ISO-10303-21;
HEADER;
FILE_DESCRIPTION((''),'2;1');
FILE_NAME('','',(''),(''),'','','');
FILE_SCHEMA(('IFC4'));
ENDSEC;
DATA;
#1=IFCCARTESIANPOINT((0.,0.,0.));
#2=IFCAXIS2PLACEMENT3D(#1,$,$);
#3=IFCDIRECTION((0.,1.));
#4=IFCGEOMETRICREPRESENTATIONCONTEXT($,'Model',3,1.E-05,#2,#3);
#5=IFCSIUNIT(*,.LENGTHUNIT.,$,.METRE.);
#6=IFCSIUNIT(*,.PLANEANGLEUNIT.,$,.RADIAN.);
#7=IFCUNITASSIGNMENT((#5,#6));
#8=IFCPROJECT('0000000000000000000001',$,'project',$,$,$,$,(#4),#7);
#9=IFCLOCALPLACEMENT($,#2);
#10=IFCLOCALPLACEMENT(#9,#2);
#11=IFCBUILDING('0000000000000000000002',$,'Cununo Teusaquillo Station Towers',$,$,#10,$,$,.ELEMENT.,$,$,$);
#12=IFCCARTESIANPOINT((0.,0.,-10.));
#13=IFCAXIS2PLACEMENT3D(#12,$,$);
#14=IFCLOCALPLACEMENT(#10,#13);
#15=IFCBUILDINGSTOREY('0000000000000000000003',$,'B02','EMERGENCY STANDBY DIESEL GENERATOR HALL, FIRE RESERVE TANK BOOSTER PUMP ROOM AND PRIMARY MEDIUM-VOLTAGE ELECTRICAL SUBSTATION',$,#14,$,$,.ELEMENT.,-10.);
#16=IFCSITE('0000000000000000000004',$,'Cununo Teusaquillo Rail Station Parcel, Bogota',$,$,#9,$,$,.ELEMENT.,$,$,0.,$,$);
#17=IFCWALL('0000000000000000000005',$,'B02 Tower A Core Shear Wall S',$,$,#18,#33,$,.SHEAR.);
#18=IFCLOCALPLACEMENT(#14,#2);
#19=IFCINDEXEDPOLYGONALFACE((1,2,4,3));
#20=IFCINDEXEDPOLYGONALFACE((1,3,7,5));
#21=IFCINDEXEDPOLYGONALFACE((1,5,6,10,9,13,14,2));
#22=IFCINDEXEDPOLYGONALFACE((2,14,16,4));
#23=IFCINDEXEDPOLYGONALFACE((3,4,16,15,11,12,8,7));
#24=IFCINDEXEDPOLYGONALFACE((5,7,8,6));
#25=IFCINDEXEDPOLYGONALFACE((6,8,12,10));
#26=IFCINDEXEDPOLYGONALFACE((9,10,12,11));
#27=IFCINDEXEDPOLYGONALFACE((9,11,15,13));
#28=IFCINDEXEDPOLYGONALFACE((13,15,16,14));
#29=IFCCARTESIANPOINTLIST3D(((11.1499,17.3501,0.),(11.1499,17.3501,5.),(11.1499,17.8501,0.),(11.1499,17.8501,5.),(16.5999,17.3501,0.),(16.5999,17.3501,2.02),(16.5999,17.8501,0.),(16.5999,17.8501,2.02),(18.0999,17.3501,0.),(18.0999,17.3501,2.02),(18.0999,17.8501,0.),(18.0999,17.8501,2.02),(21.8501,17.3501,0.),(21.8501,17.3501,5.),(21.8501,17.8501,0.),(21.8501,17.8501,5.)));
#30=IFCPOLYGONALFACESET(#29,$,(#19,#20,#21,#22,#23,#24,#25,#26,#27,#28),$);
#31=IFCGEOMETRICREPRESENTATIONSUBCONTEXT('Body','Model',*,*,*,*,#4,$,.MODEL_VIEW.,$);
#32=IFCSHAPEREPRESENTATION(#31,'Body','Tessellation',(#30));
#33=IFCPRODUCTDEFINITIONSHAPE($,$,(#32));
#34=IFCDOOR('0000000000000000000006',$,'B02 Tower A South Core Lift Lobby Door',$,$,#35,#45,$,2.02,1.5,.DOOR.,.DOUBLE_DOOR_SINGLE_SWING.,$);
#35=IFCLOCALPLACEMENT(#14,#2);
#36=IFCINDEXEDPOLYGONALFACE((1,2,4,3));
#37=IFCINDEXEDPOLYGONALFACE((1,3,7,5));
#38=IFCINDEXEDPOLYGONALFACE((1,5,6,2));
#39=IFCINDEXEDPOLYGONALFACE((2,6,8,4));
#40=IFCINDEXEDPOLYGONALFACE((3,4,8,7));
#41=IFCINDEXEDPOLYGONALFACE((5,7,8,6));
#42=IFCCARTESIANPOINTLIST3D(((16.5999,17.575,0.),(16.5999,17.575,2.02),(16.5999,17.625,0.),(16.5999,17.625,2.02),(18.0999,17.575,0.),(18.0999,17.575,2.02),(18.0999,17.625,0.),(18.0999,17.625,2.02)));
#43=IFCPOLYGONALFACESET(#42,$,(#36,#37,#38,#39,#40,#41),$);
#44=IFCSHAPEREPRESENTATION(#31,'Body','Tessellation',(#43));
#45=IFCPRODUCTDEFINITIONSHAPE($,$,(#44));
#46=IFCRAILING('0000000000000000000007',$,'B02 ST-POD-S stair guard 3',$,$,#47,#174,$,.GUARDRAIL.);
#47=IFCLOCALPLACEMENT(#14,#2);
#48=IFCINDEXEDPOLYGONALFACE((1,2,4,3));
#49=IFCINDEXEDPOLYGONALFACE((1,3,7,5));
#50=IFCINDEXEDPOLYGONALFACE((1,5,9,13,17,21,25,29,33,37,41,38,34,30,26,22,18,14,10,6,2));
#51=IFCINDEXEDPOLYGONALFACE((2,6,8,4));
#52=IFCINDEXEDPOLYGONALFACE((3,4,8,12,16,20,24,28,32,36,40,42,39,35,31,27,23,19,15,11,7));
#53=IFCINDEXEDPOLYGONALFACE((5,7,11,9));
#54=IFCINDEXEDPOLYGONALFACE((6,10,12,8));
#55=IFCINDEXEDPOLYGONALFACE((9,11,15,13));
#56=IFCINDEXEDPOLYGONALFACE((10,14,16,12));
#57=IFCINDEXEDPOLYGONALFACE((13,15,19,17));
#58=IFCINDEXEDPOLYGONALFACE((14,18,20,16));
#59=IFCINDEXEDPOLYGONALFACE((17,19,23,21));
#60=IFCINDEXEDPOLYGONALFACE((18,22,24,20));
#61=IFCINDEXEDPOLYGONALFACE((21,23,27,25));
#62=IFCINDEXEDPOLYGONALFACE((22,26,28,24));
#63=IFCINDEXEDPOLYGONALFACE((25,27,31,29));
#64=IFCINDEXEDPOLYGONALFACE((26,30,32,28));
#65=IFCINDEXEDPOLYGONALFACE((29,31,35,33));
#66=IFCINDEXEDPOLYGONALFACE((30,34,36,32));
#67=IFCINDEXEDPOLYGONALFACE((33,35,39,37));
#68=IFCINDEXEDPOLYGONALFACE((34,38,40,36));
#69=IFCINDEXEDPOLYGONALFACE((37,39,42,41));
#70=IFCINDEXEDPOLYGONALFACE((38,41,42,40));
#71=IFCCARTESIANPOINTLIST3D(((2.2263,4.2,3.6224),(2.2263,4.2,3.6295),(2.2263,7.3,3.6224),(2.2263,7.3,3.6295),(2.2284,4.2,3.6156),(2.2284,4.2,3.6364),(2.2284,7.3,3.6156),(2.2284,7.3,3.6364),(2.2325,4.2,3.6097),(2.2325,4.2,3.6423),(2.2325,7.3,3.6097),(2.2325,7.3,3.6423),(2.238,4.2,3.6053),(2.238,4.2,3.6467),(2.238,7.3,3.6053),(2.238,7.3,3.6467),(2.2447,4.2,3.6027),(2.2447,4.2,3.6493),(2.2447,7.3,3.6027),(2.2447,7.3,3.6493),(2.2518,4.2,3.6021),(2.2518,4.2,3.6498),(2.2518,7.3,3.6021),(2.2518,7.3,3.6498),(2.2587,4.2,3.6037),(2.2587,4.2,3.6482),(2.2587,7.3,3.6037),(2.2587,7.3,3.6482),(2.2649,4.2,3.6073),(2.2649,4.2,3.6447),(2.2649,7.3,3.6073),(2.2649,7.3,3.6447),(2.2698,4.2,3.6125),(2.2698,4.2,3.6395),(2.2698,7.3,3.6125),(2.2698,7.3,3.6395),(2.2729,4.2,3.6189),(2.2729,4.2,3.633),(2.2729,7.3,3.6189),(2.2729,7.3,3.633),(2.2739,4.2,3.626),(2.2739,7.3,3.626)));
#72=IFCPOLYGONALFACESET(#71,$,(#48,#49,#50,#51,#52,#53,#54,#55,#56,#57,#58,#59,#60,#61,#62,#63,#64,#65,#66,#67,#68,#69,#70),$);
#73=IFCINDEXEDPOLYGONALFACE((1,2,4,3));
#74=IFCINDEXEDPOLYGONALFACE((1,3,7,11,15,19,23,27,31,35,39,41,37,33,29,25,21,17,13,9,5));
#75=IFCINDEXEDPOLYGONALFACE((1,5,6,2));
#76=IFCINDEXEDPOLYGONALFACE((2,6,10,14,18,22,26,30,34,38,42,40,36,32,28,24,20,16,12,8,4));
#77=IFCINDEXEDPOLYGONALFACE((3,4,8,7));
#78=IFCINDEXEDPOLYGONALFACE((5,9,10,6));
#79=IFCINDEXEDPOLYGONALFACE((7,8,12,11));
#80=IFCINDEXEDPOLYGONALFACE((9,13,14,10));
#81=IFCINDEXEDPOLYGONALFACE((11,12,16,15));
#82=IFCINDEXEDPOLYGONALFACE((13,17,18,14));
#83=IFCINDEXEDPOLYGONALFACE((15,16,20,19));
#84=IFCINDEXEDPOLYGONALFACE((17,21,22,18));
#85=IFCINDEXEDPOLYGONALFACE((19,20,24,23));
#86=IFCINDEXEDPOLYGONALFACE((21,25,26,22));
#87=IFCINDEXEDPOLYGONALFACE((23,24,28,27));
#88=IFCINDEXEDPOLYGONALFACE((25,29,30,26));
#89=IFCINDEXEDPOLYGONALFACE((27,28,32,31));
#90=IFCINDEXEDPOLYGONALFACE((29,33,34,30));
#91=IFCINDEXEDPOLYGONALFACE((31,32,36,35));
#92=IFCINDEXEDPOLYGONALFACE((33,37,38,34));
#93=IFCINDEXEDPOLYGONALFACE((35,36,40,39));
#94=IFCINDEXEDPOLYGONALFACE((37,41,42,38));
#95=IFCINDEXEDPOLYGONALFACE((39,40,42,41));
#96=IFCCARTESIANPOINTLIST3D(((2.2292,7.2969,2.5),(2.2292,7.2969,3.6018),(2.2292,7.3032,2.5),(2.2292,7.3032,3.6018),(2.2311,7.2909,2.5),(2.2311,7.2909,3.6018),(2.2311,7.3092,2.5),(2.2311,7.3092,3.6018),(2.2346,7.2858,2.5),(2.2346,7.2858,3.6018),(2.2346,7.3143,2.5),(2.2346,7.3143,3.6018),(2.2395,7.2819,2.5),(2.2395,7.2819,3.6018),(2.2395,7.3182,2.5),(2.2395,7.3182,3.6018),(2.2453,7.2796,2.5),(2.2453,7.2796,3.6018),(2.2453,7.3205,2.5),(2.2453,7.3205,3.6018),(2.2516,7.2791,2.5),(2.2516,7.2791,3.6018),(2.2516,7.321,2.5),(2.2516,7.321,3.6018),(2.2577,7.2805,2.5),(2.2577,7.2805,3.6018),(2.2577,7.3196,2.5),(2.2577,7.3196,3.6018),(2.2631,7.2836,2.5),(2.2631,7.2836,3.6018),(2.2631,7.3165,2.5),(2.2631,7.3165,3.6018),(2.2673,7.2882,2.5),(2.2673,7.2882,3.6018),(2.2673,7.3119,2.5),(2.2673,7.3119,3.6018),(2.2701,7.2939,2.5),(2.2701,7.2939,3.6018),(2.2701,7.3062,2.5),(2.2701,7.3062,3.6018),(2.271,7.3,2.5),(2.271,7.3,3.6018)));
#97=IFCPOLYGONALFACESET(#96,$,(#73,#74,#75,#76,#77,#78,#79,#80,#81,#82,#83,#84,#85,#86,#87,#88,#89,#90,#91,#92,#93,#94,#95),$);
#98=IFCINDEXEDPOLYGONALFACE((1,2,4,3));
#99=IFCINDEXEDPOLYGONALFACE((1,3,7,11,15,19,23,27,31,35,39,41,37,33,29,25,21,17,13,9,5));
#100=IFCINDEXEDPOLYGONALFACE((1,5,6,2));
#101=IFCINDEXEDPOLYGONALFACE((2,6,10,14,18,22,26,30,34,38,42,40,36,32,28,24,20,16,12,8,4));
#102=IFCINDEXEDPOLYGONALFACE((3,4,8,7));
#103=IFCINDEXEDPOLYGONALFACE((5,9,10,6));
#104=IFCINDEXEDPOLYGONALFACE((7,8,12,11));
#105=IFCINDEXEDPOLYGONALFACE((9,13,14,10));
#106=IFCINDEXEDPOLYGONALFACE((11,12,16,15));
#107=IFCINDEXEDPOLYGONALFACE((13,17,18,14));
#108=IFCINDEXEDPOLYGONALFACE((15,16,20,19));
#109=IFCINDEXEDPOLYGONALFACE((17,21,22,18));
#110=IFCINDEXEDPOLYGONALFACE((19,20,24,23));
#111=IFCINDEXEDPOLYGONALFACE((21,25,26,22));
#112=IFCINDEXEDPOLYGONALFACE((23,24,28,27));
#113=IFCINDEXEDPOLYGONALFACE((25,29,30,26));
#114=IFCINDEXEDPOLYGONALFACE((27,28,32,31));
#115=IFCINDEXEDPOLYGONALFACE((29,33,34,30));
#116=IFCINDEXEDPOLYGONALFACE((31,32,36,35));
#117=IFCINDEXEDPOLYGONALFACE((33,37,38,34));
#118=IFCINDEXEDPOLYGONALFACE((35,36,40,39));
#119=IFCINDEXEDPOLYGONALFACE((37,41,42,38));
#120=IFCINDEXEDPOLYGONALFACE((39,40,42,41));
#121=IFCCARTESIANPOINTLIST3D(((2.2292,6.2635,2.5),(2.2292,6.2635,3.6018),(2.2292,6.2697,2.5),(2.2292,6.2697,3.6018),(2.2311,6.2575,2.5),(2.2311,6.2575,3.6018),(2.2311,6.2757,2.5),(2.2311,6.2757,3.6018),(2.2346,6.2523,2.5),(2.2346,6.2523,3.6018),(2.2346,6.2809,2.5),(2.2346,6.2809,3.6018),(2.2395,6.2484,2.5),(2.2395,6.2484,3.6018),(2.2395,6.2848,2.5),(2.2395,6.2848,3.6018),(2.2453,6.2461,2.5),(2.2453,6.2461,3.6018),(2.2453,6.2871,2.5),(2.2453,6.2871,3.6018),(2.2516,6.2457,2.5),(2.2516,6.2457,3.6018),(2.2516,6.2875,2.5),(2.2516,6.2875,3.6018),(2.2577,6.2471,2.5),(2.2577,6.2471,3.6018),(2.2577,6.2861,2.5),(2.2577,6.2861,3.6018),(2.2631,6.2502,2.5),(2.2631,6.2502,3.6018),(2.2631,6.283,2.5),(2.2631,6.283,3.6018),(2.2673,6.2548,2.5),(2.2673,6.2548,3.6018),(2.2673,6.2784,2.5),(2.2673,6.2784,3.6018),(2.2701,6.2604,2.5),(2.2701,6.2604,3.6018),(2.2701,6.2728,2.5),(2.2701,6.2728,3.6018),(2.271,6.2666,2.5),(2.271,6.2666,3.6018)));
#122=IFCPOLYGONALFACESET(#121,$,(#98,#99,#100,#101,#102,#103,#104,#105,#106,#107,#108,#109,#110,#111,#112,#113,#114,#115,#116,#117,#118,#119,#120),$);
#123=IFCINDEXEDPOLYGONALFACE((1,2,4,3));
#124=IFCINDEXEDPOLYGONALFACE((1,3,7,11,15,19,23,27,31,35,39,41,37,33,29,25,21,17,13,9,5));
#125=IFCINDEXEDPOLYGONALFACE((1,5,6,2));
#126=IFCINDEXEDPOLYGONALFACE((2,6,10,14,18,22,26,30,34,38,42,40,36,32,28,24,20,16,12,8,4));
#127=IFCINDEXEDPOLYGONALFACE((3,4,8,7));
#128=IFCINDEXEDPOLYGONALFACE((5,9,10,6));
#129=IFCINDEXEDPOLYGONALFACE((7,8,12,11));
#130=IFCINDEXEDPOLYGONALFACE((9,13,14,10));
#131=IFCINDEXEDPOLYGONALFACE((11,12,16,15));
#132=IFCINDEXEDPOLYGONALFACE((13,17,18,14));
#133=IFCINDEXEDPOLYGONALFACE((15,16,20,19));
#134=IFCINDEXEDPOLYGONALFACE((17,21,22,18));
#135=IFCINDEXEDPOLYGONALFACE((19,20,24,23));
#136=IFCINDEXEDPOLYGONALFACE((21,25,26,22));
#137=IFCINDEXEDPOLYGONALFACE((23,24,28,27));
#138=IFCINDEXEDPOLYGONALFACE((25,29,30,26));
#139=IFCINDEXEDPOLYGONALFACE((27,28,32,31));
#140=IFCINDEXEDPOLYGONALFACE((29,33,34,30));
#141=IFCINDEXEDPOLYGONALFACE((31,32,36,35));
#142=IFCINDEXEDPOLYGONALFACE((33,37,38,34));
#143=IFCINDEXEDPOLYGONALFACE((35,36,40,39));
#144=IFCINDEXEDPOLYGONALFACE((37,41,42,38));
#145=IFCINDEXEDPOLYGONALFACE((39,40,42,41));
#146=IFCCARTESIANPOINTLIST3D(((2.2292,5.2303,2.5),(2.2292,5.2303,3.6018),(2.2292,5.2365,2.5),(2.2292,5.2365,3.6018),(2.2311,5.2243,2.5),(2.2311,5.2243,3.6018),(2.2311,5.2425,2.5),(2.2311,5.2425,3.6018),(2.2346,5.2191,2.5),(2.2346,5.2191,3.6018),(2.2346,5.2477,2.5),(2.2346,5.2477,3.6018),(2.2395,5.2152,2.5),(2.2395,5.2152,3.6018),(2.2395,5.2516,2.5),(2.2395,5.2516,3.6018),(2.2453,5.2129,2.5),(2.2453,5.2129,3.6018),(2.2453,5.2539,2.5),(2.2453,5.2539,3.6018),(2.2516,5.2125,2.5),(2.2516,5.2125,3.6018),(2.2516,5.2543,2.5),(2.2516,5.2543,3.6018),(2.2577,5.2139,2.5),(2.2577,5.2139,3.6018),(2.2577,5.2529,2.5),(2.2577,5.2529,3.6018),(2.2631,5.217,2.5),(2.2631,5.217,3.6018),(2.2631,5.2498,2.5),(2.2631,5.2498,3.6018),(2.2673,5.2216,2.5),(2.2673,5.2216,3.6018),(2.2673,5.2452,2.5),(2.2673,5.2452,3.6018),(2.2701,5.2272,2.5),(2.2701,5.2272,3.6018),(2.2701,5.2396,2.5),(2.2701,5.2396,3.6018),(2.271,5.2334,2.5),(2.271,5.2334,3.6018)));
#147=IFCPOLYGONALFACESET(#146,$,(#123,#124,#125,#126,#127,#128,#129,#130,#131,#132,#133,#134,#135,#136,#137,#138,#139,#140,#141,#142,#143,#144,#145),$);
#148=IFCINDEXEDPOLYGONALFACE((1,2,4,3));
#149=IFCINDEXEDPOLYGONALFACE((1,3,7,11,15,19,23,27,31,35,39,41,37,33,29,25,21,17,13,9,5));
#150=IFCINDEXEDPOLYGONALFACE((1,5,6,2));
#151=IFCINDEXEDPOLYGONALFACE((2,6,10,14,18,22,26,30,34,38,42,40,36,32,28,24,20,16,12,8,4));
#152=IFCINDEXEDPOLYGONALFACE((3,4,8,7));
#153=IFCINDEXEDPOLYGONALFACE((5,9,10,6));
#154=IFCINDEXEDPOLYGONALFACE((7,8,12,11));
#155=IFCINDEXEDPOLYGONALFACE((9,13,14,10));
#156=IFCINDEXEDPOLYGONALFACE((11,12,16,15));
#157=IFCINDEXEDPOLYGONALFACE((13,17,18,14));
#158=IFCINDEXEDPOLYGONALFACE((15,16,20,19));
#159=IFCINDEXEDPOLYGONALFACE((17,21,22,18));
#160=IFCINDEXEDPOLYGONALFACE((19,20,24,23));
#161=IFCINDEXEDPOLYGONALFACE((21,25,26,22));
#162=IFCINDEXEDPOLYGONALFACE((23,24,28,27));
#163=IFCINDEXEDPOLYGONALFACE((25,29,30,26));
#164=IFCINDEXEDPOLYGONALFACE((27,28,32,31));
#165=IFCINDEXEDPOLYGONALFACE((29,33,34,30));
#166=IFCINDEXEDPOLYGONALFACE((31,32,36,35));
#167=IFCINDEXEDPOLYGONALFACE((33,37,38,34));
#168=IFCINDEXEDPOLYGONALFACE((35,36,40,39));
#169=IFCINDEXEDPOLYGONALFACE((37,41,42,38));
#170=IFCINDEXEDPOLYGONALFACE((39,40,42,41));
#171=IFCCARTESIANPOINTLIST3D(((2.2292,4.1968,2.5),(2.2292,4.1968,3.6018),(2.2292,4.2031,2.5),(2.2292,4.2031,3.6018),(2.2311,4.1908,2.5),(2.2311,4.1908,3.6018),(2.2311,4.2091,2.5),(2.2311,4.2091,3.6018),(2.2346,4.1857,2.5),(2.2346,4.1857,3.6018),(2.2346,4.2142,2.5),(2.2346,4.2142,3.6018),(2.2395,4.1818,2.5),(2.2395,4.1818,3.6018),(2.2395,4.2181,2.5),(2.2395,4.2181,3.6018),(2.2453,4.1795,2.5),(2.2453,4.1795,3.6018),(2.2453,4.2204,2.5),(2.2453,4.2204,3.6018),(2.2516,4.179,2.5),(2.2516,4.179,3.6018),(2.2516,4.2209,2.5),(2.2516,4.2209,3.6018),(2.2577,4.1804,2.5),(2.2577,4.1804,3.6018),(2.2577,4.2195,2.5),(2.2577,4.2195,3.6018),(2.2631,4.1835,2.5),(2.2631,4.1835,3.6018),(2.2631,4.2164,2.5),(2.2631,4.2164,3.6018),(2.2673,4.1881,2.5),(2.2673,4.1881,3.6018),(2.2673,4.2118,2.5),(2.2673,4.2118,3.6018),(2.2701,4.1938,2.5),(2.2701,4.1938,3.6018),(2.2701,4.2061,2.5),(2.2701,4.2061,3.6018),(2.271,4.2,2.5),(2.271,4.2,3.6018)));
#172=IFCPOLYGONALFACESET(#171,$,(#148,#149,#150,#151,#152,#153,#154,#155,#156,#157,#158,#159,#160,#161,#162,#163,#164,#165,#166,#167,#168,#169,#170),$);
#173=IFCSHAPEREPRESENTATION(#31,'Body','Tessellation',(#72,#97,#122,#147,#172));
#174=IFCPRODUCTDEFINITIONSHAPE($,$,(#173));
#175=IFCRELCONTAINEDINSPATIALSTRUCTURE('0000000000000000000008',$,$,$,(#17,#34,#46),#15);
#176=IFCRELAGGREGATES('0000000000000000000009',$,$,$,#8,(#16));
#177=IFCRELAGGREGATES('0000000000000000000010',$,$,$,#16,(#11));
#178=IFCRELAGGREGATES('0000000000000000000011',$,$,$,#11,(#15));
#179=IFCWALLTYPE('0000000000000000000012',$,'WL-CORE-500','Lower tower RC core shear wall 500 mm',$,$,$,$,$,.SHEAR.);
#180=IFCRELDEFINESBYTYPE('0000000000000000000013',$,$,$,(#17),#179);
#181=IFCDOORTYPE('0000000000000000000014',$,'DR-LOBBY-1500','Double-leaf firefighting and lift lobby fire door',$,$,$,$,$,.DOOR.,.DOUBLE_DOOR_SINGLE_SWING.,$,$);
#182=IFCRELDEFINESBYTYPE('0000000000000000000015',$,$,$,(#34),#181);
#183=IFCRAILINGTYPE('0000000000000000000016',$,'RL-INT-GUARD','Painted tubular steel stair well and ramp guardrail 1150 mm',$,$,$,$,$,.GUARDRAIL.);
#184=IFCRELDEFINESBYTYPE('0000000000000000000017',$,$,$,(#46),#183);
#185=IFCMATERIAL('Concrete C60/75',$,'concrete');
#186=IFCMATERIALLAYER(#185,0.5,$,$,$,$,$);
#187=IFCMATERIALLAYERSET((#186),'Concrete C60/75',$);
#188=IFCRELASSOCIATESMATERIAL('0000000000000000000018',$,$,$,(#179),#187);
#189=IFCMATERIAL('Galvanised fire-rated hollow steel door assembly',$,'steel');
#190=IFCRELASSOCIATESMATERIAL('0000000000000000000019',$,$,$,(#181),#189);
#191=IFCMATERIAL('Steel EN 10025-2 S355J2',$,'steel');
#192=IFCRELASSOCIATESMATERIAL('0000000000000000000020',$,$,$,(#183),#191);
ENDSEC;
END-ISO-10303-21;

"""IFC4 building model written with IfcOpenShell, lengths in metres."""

from ifc_helpers import new_model, si_unit, direction, frame, frame_2d, origin, origin_2d, place, context, subcontext, project, spatial, rectangle, circle, extrude, source, transform, mapped, material, layer, layer_set, type_object, element, fill, save


model = new_model("IFC4")

# Units and contexts
model_context = context("Model", 3, precision=1e-05, world=origin(), true_north=direction((0.0, 1.0)))
body_context = subcontext(model_context, "Body", "Model", "MODEL_VIEW")
ifc_project = project(units=[si_unit("LENGTHUNIT", "METRE"), si_unit("PLANEANGLEUNIT", "RADIAN")], contexts=[model_context])

# Site, building, storey
site_placement = place(None, origin())
site = spatial("IfcSite", under=ifc_project, at=site_placement, Name="Cununo Teusaquillo Rail Station Parcel, Bogota", CompositionType="ELEMENT", RefElevation=0.0)
building_placement = place(site_placement, origin())
building = spatial("IfcBuilding", under=site, at=building_placement, Name="Cununo Teusaquillo Station Towers", CompositionType="ELEMENT")
storey_placement = place(building_placement, frame((0.0, 0.0, -10.0)))
storey = spatial("IfcBuildingStorey", under=building, at=storey_placement, Name="B02", Description="EMERGENCY STANDBY DIESEL GENERATOR HALL, FIRE RESERVE TANK BOOSTER PUMP ROOM AND PRIMARY MEDIUM-VOLTAGE ELECTRICAL SUBSTATION", CompositionType="ELEMENT", Elevation=-10.0)

# Shared definitions
ifc_material_1 = material(Name="Concrete C60/75", Category="concrete")
ifc_layer_1 = layer(ifc_material_1, 0.5)
ifc_layer_set_1 = layer_set([ifc_layer_1], Name="Concrete C60/75")
wall_type_1 = type_object("IfcWallType", Name="WL-CORE-500", Description="Lower tower RC core shear wall 500 mm", PredefinedType="SHEAR", material=ifc_layer_set_1)

# Wall, opening, door
wall_1_placement = place(storey_placement, frame((11.1499, 17.6001, 0.0), z_axis=(0.0, 0.0, 1.0), x_axis=(1.0, 0.0, 0.0)))
wall_1 = element("IfcWall", 1, at=wall_1_placement, inside=storey, type_object=wall_type_1, Name="B02 Tower A Core Shear Wall S", PredefinedType="SHEAR", context=body_context, shape_type="SweptSolid", body=[
    extrude(rectangle(XDim=10.7002, YDim=0.5, at=frame_2d((5.3501, 0.0))), origin(), (0.0, 0.0, 1.0), 5.0),
])
shared_shape_1 = source(origin(), body_context, "Body", "SweptSolid", [
    extrude(rectangle(XDim=1.5, YDim=2.02, at=frame_2d((0.75, 1.01))), frame((0.0, 0.26, 0.0), z_axis=(0.0, -1.0, 0.0), x_axis=(1.0, 0.0, 0.0)), (0.0, 0.0, 1.0), 0.52),
])
opening_1_placement = place(wall_1_placement, frame((5.45, 0.0, 0.0)))
opening_1 = element("IfcOpeningElement", 2, at=opening_1_placement, cuts=wall_1, PredefinedType="OPENING", context=body_context, shape_type="MappedRepresentation", body=[
    mapped(shared_shape_1, transform((0.0, 0.0, 0.0), x_axis=(1.0, 0.0, 0.0), y_axis=(0.0, 1.0, 0.0), z_axis=(0.0, 0.0, 1.0), scale=1.0)),
])
ifc_material_2 = material(Name="Galvanised fire-rated hollow steel door assembly", Category="steel")
door_type_1 = type_object("IfcDoorType", Name="DR-LOBBY-1500", Description="Double-leaf firefighting and lift lobby fire door", OperationType="DOUBLE_DOOR_SINGLE_SWING", PredefinedType="DOOR", material=ifc_material_2)
shared_shape_2 = source(origin(), body_context, "Body", "SweptSolid", [
    extrude(rectangle(XDim=1.5, YDim=2.02, at=frame_2d((0.75, 1.01))), frame((0.0, 0.0249, 0.0), z_axis=(0.0, -1.0, 0.0), x_axis=(1.0, 0.0, 0.0)), (0.0, 0.0, 1.0), 0.05),
])
door_1_placement = place(opening_1_placement, origin())
door_1 = element("IfcDoor", 3, at=door_1_placement, inside=storey, type_object=door_type_1, Name="B02 Tower A South Core Lift Lobby Door", OperationType="DOUBLE_DOOR_SINGLE_SWING", OverallHeight=2.02, OverallWidth=1.5, PredefinedType="DOOR", context=body_context, shape_type="MappedRepresentation", body=[
    mapped(shared_shape_2, transform((0.0, 0.0, 0.0), x_axis=(1.0, 0.0, 0.0), y_axis=(0.0, 1.0, 0.0), z_axis=(0.0, 0.0, 1.0), scale=1.0)),
])
fill(opening_1, door_1)

# Railing
ifc_material_3 = material(Name="Steel EN 10025-2 S355J2", Category="steel")
railing_type = type_object("IfcRailingType", Name="RL-INT-GUARD", Description="Painted tubular steel stair well and ramp guardrail 1150 mm", PredefinedType="GUARDRAIL", material=ifc_material_3)
railing_placement = place(storey_placement, frame((2.25, 7.3, 2.5)))
element("IfcRailing", 4, at=railing_placement, inside=storey, type_object=railing_type, Name="B02 ST-POD-S stair guard 3", PredefinedType="GUARDRAIL", context=body_context, shape_type="SweptSolid", body=[
    extrude(circle(Radius=0.0239, at=origin_2d()), frame((0.0, 0.0, 1.126), z_axis=(0.0, -1.0, 0.0), x_axis=(1.0, 0.0, 0.0)), (0.0, 0.0, 1.0), 3.1001),
    extrude(circle(Radius=0.021, at=origin_2d()), origin(), (0.0, 0.0, 1.0), 1.1018),
    extrude(circle(Radius=0.021, at=origin_2d()), frame((0.0, -1.0334, 0.0)), (0.0, 0.0, 1.0), 1.1018),
    extrude(circle(Radius=0.021, at=origin_2d()), frame((0.0, -2.0667, 0.0)), (0.0, 0.0, 1.0), 1.1018),
    extrude(circle(Radius=0.021, at=origin_2d()), frame((0.0, -3.1001, 0.0)), (0.0, 0.0, 1.0), 1.1018),
])

save(model, "model.ifc")
